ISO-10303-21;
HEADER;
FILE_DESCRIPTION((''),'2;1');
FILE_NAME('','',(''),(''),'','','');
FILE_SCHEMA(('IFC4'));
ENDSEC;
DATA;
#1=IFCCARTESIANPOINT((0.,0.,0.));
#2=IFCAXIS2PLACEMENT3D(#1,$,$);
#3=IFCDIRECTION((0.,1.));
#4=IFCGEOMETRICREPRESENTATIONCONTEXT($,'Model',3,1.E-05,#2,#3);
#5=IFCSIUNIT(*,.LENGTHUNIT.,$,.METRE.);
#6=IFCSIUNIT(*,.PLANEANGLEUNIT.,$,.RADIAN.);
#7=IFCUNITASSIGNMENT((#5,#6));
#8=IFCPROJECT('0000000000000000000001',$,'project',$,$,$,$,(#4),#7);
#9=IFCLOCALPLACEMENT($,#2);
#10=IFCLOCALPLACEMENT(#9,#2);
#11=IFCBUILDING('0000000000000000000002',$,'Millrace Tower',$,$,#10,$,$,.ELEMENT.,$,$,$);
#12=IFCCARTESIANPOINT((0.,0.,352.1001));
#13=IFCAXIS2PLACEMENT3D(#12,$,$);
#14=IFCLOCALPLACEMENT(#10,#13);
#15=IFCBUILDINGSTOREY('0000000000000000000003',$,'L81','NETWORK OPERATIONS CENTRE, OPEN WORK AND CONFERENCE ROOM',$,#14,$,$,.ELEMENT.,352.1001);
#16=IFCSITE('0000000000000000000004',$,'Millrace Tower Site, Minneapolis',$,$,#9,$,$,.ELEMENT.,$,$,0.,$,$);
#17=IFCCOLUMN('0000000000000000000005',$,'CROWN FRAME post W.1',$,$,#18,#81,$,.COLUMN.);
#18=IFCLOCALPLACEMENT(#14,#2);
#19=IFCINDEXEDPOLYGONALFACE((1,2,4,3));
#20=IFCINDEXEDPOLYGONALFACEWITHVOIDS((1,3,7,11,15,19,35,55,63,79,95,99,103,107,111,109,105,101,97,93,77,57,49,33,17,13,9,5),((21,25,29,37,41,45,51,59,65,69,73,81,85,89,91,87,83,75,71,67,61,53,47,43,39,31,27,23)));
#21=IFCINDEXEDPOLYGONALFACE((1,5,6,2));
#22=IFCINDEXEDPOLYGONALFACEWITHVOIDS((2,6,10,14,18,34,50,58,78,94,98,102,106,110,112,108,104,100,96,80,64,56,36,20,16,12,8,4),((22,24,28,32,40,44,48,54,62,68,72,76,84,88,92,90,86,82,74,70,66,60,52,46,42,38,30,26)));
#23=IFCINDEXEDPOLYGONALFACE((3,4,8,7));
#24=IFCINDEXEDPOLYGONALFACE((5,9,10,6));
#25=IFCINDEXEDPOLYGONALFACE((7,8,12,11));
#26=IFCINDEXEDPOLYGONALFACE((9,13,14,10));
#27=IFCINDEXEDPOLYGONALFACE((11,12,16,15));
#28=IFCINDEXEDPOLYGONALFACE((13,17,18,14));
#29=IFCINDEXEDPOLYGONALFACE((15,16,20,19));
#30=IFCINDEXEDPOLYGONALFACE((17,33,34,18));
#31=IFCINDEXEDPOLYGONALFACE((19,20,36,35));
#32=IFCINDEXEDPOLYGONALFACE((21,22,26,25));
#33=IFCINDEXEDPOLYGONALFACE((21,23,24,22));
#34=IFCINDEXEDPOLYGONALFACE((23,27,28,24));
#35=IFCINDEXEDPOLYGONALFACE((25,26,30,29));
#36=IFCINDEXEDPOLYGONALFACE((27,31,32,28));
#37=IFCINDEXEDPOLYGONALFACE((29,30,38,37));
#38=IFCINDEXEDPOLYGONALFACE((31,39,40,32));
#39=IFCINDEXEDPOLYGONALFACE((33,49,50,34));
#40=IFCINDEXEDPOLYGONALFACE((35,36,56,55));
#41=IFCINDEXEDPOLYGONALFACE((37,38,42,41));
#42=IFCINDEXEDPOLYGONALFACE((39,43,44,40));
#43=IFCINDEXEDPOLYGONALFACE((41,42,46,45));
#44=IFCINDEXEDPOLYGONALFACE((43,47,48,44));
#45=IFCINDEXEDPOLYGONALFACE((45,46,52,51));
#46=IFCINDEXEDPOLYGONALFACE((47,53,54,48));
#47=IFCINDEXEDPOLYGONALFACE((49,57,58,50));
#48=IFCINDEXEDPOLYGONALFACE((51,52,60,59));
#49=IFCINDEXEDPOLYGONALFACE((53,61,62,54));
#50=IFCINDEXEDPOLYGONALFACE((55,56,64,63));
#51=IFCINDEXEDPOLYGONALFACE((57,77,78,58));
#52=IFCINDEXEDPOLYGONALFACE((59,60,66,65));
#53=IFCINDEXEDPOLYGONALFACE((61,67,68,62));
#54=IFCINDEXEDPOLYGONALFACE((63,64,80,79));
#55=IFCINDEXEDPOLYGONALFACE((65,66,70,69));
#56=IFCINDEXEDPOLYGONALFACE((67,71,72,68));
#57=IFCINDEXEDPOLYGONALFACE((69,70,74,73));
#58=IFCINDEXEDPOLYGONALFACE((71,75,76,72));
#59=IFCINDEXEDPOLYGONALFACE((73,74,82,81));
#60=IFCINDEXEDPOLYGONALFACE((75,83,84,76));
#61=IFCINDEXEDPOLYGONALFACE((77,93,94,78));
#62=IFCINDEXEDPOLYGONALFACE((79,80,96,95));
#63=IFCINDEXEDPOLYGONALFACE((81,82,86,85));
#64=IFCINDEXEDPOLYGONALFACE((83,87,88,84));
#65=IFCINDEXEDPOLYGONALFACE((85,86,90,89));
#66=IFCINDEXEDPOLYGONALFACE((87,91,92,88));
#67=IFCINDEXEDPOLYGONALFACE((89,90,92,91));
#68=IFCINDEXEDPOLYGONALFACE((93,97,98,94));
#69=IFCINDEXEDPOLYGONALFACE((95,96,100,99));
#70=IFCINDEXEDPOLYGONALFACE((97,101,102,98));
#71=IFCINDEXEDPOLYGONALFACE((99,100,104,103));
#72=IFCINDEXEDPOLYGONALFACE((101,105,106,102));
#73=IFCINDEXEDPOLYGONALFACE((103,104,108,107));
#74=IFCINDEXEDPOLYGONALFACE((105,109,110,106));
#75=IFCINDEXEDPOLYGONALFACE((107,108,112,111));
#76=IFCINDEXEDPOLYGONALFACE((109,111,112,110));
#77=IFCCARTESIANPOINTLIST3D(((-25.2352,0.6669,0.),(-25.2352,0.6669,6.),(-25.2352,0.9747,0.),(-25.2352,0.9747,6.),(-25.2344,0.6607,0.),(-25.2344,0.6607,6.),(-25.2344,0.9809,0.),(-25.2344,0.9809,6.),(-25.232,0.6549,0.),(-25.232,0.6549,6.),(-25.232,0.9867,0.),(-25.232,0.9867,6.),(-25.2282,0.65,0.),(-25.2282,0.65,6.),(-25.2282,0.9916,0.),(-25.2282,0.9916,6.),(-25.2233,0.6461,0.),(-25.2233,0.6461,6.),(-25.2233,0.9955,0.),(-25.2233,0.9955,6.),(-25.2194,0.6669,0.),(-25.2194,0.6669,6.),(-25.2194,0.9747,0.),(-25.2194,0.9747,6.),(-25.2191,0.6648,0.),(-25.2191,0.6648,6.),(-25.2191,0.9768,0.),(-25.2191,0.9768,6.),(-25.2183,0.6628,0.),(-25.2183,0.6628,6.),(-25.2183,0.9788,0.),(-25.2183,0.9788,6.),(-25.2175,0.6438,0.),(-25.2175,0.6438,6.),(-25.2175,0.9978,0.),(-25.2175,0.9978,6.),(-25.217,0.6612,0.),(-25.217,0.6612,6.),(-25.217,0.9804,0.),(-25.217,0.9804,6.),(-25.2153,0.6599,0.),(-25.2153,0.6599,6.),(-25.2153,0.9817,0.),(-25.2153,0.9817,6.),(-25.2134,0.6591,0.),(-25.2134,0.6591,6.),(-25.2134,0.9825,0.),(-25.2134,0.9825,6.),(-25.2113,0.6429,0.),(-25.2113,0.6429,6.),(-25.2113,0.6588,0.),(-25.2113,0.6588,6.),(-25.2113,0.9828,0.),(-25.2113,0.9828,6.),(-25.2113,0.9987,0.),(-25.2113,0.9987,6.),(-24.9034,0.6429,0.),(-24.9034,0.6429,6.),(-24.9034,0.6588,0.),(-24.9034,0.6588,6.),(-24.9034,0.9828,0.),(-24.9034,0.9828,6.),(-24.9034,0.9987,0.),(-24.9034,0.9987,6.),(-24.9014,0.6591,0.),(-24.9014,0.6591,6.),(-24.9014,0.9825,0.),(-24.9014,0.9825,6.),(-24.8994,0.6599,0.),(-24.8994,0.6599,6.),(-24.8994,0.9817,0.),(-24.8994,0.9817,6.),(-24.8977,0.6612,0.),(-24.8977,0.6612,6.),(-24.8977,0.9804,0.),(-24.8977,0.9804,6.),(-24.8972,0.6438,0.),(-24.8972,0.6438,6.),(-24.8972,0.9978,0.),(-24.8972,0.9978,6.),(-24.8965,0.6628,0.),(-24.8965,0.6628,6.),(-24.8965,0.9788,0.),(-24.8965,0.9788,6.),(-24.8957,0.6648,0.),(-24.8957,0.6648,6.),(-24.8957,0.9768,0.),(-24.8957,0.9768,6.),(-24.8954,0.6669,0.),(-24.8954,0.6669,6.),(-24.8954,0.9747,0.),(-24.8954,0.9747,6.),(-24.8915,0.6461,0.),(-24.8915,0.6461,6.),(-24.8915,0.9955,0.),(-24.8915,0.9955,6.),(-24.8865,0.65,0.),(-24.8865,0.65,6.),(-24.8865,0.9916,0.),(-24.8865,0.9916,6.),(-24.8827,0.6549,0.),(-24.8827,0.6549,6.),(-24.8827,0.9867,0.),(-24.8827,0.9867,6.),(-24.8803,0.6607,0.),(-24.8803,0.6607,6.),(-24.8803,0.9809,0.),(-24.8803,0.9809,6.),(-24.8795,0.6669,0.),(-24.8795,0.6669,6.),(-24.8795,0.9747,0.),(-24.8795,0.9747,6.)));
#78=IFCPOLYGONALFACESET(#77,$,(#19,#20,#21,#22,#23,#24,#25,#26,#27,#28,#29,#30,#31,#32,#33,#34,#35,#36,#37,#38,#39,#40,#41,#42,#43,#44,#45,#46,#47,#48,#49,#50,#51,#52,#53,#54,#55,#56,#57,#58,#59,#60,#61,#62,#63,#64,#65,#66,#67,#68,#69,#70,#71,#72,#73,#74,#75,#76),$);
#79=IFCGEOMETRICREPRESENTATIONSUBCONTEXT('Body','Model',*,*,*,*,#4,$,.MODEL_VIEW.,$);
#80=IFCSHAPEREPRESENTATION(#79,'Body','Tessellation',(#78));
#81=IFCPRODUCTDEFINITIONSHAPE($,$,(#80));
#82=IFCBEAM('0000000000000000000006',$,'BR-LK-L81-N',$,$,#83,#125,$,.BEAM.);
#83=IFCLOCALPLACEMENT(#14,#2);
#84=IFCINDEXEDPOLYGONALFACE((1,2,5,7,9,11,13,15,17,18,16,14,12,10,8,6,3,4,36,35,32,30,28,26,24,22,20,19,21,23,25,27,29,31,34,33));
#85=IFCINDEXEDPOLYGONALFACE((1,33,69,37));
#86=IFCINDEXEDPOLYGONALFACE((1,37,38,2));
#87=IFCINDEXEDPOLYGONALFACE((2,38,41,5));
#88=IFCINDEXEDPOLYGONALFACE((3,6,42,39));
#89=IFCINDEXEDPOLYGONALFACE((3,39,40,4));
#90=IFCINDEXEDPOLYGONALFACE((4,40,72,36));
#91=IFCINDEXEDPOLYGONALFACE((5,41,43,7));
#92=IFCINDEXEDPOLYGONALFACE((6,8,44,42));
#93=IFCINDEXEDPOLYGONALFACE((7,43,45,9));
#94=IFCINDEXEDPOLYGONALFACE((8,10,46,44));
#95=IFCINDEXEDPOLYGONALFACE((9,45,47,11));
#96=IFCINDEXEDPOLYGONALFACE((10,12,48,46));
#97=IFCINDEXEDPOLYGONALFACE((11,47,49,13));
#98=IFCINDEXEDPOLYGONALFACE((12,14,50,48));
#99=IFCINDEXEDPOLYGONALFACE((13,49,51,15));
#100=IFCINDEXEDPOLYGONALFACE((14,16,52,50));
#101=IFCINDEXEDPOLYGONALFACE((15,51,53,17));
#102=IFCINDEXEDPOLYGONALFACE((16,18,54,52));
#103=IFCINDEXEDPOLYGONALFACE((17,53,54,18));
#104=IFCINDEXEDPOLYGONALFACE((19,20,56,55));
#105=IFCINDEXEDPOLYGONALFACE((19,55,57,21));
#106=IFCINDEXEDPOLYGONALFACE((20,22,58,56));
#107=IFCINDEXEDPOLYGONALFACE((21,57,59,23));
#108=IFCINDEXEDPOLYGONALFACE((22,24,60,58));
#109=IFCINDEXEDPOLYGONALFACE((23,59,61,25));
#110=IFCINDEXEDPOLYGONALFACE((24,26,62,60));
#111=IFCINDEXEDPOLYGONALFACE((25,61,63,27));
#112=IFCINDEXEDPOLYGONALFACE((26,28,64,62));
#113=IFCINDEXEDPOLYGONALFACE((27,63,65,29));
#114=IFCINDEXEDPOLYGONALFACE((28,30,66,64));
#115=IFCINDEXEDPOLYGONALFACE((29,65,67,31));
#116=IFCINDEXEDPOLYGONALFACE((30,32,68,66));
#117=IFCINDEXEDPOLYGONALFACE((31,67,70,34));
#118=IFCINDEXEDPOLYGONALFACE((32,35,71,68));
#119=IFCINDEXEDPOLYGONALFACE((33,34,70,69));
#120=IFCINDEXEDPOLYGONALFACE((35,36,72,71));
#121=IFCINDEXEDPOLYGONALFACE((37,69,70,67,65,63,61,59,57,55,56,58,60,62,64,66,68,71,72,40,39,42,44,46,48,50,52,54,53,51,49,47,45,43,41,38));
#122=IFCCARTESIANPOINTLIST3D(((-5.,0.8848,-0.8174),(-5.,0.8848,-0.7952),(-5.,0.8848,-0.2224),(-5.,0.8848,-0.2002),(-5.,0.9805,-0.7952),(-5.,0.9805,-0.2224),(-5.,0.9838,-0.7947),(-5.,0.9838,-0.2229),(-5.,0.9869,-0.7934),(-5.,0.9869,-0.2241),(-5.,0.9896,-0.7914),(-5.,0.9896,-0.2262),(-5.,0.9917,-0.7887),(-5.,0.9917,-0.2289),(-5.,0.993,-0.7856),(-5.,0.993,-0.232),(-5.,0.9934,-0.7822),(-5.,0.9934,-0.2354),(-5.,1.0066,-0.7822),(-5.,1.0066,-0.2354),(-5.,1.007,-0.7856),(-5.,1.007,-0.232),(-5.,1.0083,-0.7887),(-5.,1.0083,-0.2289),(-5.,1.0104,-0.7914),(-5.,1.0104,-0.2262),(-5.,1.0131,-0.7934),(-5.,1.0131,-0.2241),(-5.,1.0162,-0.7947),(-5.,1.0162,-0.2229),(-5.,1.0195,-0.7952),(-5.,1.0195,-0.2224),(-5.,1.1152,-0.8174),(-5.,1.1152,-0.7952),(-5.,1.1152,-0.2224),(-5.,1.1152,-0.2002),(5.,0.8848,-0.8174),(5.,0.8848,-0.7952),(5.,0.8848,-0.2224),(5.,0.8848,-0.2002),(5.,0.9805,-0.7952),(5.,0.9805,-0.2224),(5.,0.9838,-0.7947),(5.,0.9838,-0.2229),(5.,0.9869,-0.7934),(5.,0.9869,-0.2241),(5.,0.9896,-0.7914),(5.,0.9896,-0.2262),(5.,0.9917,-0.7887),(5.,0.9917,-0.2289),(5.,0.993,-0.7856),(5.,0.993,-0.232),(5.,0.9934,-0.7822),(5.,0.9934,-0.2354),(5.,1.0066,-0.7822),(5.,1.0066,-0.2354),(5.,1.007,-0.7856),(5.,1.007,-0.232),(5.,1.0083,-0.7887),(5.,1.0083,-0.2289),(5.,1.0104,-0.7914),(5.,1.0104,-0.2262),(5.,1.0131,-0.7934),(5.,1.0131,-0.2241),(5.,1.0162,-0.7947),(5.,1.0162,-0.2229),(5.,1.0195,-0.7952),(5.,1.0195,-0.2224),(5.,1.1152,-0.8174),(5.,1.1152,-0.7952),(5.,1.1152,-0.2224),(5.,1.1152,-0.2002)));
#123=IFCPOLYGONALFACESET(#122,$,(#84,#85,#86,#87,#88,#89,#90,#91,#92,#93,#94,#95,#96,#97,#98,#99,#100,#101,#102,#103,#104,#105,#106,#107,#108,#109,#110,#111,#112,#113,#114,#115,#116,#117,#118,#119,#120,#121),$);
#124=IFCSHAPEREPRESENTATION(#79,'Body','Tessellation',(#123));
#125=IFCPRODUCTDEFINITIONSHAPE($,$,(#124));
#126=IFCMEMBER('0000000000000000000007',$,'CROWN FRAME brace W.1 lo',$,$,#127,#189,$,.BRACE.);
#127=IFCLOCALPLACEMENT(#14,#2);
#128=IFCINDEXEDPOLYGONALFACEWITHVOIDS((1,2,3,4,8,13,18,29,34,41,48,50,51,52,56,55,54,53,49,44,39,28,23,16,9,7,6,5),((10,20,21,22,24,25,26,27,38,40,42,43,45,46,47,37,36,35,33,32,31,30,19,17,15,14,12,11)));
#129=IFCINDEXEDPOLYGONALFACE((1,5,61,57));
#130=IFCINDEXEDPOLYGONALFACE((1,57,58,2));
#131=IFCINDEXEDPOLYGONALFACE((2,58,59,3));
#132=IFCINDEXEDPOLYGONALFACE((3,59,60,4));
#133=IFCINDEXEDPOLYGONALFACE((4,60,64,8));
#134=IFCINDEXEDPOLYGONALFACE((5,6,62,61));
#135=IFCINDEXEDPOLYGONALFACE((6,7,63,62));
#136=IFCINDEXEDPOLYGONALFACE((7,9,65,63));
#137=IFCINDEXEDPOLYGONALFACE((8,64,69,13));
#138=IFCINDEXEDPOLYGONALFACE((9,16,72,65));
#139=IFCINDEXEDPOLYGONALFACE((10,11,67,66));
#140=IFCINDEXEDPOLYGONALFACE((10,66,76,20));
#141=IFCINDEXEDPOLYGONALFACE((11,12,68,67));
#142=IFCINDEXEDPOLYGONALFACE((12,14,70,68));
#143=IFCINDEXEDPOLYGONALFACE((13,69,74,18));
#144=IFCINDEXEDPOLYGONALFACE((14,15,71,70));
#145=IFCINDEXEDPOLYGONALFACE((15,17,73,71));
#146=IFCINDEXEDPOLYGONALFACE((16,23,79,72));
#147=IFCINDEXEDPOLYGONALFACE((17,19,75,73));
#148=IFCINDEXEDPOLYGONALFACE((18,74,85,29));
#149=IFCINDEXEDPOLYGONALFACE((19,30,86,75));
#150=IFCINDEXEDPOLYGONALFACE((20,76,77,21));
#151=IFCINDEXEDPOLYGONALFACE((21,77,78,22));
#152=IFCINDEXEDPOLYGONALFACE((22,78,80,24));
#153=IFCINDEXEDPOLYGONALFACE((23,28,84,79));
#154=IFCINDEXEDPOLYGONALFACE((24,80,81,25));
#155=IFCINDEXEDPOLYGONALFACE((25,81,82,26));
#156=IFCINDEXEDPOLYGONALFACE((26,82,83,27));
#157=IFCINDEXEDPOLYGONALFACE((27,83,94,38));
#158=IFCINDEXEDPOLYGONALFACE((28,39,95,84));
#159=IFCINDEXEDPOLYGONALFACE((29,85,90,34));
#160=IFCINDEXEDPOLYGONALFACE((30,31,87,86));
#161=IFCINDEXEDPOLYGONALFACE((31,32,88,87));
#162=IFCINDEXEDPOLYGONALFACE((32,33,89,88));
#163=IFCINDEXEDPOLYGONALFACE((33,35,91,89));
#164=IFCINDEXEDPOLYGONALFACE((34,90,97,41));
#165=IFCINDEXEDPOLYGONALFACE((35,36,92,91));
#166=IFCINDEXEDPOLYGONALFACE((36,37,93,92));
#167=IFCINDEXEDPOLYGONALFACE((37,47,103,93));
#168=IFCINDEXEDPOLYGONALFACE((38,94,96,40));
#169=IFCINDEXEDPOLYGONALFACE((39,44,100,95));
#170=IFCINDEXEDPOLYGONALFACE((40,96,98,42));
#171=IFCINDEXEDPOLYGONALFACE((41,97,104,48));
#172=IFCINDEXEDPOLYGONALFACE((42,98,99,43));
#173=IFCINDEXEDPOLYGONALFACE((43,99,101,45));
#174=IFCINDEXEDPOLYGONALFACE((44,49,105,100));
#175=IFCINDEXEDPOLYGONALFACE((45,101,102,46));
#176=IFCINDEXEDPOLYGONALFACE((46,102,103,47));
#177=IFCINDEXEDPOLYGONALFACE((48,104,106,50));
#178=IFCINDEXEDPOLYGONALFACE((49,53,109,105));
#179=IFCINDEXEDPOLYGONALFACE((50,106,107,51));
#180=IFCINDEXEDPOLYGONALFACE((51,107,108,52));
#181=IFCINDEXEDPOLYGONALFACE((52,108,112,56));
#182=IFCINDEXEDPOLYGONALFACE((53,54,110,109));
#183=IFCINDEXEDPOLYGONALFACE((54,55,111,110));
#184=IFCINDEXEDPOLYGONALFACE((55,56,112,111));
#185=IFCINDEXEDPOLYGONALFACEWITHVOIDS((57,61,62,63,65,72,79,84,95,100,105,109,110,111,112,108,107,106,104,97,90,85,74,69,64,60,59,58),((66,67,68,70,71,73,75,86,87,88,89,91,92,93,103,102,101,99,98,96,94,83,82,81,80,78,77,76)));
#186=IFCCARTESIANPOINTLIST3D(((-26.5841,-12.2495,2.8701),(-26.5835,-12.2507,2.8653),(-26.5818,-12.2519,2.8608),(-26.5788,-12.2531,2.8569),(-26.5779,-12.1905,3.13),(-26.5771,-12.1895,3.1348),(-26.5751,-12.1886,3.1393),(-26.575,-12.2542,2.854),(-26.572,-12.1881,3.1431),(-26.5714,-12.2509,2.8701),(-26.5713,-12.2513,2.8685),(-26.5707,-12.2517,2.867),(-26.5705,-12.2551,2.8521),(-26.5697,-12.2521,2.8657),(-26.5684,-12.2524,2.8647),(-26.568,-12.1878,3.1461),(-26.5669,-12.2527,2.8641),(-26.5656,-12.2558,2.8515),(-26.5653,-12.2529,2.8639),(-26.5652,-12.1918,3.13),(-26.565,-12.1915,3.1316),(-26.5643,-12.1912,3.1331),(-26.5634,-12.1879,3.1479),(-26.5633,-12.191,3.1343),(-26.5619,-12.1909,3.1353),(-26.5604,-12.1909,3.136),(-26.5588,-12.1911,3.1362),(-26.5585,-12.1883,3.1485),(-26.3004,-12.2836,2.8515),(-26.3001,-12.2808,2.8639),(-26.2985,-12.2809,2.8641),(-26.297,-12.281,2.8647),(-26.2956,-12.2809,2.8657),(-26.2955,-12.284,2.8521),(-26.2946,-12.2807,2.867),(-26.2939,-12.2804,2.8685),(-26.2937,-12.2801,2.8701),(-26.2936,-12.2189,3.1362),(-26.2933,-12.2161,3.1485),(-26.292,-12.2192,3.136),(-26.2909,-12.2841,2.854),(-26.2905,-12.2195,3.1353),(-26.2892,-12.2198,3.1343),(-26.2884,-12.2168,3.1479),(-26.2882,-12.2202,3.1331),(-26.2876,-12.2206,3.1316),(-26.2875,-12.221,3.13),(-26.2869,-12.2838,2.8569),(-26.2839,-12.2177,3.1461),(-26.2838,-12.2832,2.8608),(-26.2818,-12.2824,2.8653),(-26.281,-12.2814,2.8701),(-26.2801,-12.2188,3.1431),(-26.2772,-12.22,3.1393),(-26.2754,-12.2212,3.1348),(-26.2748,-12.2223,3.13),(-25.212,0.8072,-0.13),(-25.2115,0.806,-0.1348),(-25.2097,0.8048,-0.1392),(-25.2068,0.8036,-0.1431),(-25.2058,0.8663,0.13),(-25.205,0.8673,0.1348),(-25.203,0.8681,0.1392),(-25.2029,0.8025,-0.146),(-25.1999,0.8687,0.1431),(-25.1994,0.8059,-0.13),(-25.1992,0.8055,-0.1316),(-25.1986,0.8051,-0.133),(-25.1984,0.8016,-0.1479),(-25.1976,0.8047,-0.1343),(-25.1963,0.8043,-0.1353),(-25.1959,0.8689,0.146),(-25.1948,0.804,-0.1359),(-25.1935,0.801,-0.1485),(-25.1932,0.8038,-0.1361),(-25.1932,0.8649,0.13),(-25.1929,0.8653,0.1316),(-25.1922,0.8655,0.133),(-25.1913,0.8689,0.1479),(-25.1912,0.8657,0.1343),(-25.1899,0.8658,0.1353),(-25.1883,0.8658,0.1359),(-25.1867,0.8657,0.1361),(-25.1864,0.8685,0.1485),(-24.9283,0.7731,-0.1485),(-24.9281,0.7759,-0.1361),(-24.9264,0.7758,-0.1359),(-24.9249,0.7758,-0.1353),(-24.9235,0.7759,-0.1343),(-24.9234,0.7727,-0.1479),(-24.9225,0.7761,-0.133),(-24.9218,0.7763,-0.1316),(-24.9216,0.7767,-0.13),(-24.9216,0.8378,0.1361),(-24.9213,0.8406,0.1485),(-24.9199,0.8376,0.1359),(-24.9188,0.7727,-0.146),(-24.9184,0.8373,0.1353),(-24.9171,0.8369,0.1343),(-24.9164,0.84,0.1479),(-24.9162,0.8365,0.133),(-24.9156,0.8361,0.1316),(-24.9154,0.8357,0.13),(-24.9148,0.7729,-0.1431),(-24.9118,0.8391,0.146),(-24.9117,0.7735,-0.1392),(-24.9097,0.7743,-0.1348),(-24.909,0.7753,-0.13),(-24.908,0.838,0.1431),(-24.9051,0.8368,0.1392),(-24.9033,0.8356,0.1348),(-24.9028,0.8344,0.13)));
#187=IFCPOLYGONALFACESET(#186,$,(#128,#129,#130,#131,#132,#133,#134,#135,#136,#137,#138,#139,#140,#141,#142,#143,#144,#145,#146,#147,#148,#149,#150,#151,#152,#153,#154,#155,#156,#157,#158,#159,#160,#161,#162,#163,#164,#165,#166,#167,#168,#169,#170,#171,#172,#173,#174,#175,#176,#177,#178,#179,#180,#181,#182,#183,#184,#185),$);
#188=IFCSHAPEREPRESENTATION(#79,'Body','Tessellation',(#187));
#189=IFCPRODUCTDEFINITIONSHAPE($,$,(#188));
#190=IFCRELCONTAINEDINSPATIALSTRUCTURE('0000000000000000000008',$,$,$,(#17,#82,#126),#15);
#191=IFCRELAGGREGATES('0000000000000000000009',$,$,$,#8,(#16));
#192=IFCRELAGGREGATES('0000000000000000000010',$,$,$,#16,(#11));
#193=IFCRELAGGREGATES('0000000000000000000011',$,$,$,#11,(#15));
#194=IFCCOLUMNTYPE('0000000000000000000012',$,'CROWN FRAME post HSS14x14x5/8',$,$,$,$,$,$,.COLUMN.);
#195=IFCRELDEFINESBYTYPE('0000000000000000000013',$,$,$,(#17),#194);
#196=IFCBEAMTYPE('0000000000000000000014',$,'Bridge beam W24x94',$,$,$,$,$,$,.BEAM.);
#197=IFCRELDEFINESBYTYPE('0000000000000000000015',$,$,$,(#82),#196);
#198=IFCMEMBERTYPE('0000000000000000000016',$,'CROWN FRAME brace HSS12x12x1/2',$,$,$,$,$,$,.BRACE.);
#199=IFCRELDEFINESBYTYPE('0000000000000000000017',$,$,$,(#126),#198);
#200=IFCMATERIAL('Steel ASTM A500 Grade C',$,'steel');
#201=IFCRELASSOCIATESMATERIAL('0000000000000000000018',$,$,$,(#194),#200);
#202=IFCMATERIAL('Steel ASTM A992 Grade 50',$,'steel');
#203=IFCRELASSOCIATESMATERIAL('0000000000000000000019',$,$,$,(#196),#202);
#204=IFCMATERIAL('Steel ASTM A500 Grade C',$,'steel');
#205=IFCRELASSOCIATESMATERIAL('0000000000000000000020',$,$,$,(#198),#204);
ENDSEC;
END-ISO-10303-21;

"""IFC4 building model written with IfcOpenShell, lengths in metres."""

from ifc_helpers import new_model, si_unit, direction, frame, origin, origin_2d, place, context, subcontext, project, spatial, hollow_rectangle, i_section, extrude, material, material_profile, profile_set, type_object, element, save


model = new_model("IFC4")

# Units and contexts
model_context = context("Model", 3, precision=1e-05, world=origin(), true_north=direction((0.0, 1.0)))
body_context = subcontext(model_context, "Body", "Model", "MODEL_VIEW")
ifc_project = project(units=[si_unit("LENGTHUNIT", "METRE"), si_unit("PLANEANGLEUNIT", "RADIAN")], contexts=[model_context])

# Site, building, storey
site_placement = place(None, origin())
site = spatial("IfcSite", under=ifc_project, at=site_placement, Name="Millrace Tower Site, Minneapolis", CompositionType="ELEMENT", RefElevation=0.0)
building_placement = place(site_placement, origin())
building = spatial("IfcBuilding", under=site, at=building_placement, Name="Millrace Tower", CompositionType="ELEMENT")
storey_placement = place(building_placement, frame((0.0, 0.0, 352.1001)))
storey = spatial("IfcBuildingStorey", under=building, at=storey_placement, Name="L81", Description="NETWORK OPERATIONS CENTRE, OPEN WORK AND CONFERENCE ROOM", CompositionType="ELEMENT", Elevation=352.1001)

# Column
ifc_material_1 = material(Name="Steel ASTM A500 Grade C", Category="steel")
ifc_material_profile_1 = material_profile(ifc_material_1, hollow_rectangle(XDim=0.3557, YDim=0.3557, WallThickness=0.0159, InnerFilletRadius=0.0081, OuterFilletRadius=0.0239, at=origin_2d()))
ifc_profile_set_1 = profile_set([ifc_material_profile_1], Name="Steel ASTM A500 Grade C")
column_type = type_object("IfcColumnType", Name="CROWN FRAME post HSS14x14x5/8", PredefinedType="COLUMN", material=ifc_profile_set_1)
column_placement = place(storey_placement, frame((-25.0574, 0.8208, 0.0), z_axis=(0.0, 0.0, 1.0), x_axis=(1.0, 0.0, 0.0)))
element("IfcColumn", 1, at=column_placement, inside=storey, type_object=column_type, Name="CROWN FRAME post W.1", PredefinedType="COLUMN", context=body_context, shape_type="SweptSolid", body=[
    extrude(hollow_rectangle(XDim=0.3557, YDim=0.3557, WallThickness=0.0159, InnerFilletRadius=0.0081, OuterFilletRadius=0.0239, at=origin_2d()), origin(), (0.0, 0.0, 1.0), 6.0),
])

# Beam
ifc_material_2 = material(Name="Steel ASTM A992 Grade 50", Category="steel")
ifc_material_profile_2 = material_profile(ifc_material_2, i_section(OverallWidth=0.2305, OverallDepth=0.6172, WebThickness=0.0132, FlangeThickness=0.0222, FilletRadius=0.0129, at=origin_2d()))
ifc_profile_set_2 = profile_set([ifc_material_profile_2], Name="Steel ASTM A992 Grade 50")
beam_type_1 = type_object("IfcBeamType", Name="Bridge beam W24x94", PredefinedType="BEAM", material=ifc_profile_set_2)
beam_1_placement = place(storey_placement, frame((-5.0, 1.0, -0.5088), z_axis=(1.0, 0.0, 0.0), x_axis=(0.0, 1.0, 0.0)))
element("IfcBeam", 2, at=beam_1_placement, inside=storey, type_object=beam_type_1, Name="BR-LK-L81-N", PredefinedType="BEAM", context=body_context, shape_type="SweptSolid", body=[
    extrude(i_section(OverallWidth=0.2305, OverallDepth=0.6172, WebThickness=0.0132, FlangeThickness=0.0222, FilletRadius=0.0129, at=origin_2d()), origin(), (0.0, 0.0, 1.0), 10.0),
])

# Member
ifc_material_3 = material(Name="Steel ASTM A500 Grade C", Category="steel")
ifc_material_profile_3 = material_profile(ifc_material_3, hollow_rectangle(XDim=0.3047, YDim=0.3047, WallThickness=0.0127, InnerFilletRadius=0.0063, OuterFilletRadius=0.019, at=origin_2d()))
ifc_profile_set_3 = profile_set([ifc_material_profile_3], Name="Steel ASTM A500 Grade C")
member_type = type_object("IfcMemberType", Name="CROWN FRAME brace HSS12x12x1/2", PredefinedType="BRACE", material=ifc_profile_set_3)
member_1_placement = place(storey_placement, frame((-25.0574, 0.8208, 0.0), z_axis=(-0.101884, -0.969533, 0.222768), x_axis=(0.994524, -0.104511, 0.0)))
element("IfcMember", 3, at=member_1_placement, inside=storey, type_object=member_type, Name="CROWN FRAME brace W.1 lo", PredefinedType="BRACE", context=body_context, shape_type="SweptSolid", body=[
    extrude(hollow_rectangle(XDim=0.3047, YDim=0.3047, WallThickness=0.0127, InnerFilletRadius=0.0063, OuterFilletRadius=0.019, at=origin_2d()), origin(), (0.0, 0.0, 1.0), 13.467),
])

save(model, "model.ifc")
